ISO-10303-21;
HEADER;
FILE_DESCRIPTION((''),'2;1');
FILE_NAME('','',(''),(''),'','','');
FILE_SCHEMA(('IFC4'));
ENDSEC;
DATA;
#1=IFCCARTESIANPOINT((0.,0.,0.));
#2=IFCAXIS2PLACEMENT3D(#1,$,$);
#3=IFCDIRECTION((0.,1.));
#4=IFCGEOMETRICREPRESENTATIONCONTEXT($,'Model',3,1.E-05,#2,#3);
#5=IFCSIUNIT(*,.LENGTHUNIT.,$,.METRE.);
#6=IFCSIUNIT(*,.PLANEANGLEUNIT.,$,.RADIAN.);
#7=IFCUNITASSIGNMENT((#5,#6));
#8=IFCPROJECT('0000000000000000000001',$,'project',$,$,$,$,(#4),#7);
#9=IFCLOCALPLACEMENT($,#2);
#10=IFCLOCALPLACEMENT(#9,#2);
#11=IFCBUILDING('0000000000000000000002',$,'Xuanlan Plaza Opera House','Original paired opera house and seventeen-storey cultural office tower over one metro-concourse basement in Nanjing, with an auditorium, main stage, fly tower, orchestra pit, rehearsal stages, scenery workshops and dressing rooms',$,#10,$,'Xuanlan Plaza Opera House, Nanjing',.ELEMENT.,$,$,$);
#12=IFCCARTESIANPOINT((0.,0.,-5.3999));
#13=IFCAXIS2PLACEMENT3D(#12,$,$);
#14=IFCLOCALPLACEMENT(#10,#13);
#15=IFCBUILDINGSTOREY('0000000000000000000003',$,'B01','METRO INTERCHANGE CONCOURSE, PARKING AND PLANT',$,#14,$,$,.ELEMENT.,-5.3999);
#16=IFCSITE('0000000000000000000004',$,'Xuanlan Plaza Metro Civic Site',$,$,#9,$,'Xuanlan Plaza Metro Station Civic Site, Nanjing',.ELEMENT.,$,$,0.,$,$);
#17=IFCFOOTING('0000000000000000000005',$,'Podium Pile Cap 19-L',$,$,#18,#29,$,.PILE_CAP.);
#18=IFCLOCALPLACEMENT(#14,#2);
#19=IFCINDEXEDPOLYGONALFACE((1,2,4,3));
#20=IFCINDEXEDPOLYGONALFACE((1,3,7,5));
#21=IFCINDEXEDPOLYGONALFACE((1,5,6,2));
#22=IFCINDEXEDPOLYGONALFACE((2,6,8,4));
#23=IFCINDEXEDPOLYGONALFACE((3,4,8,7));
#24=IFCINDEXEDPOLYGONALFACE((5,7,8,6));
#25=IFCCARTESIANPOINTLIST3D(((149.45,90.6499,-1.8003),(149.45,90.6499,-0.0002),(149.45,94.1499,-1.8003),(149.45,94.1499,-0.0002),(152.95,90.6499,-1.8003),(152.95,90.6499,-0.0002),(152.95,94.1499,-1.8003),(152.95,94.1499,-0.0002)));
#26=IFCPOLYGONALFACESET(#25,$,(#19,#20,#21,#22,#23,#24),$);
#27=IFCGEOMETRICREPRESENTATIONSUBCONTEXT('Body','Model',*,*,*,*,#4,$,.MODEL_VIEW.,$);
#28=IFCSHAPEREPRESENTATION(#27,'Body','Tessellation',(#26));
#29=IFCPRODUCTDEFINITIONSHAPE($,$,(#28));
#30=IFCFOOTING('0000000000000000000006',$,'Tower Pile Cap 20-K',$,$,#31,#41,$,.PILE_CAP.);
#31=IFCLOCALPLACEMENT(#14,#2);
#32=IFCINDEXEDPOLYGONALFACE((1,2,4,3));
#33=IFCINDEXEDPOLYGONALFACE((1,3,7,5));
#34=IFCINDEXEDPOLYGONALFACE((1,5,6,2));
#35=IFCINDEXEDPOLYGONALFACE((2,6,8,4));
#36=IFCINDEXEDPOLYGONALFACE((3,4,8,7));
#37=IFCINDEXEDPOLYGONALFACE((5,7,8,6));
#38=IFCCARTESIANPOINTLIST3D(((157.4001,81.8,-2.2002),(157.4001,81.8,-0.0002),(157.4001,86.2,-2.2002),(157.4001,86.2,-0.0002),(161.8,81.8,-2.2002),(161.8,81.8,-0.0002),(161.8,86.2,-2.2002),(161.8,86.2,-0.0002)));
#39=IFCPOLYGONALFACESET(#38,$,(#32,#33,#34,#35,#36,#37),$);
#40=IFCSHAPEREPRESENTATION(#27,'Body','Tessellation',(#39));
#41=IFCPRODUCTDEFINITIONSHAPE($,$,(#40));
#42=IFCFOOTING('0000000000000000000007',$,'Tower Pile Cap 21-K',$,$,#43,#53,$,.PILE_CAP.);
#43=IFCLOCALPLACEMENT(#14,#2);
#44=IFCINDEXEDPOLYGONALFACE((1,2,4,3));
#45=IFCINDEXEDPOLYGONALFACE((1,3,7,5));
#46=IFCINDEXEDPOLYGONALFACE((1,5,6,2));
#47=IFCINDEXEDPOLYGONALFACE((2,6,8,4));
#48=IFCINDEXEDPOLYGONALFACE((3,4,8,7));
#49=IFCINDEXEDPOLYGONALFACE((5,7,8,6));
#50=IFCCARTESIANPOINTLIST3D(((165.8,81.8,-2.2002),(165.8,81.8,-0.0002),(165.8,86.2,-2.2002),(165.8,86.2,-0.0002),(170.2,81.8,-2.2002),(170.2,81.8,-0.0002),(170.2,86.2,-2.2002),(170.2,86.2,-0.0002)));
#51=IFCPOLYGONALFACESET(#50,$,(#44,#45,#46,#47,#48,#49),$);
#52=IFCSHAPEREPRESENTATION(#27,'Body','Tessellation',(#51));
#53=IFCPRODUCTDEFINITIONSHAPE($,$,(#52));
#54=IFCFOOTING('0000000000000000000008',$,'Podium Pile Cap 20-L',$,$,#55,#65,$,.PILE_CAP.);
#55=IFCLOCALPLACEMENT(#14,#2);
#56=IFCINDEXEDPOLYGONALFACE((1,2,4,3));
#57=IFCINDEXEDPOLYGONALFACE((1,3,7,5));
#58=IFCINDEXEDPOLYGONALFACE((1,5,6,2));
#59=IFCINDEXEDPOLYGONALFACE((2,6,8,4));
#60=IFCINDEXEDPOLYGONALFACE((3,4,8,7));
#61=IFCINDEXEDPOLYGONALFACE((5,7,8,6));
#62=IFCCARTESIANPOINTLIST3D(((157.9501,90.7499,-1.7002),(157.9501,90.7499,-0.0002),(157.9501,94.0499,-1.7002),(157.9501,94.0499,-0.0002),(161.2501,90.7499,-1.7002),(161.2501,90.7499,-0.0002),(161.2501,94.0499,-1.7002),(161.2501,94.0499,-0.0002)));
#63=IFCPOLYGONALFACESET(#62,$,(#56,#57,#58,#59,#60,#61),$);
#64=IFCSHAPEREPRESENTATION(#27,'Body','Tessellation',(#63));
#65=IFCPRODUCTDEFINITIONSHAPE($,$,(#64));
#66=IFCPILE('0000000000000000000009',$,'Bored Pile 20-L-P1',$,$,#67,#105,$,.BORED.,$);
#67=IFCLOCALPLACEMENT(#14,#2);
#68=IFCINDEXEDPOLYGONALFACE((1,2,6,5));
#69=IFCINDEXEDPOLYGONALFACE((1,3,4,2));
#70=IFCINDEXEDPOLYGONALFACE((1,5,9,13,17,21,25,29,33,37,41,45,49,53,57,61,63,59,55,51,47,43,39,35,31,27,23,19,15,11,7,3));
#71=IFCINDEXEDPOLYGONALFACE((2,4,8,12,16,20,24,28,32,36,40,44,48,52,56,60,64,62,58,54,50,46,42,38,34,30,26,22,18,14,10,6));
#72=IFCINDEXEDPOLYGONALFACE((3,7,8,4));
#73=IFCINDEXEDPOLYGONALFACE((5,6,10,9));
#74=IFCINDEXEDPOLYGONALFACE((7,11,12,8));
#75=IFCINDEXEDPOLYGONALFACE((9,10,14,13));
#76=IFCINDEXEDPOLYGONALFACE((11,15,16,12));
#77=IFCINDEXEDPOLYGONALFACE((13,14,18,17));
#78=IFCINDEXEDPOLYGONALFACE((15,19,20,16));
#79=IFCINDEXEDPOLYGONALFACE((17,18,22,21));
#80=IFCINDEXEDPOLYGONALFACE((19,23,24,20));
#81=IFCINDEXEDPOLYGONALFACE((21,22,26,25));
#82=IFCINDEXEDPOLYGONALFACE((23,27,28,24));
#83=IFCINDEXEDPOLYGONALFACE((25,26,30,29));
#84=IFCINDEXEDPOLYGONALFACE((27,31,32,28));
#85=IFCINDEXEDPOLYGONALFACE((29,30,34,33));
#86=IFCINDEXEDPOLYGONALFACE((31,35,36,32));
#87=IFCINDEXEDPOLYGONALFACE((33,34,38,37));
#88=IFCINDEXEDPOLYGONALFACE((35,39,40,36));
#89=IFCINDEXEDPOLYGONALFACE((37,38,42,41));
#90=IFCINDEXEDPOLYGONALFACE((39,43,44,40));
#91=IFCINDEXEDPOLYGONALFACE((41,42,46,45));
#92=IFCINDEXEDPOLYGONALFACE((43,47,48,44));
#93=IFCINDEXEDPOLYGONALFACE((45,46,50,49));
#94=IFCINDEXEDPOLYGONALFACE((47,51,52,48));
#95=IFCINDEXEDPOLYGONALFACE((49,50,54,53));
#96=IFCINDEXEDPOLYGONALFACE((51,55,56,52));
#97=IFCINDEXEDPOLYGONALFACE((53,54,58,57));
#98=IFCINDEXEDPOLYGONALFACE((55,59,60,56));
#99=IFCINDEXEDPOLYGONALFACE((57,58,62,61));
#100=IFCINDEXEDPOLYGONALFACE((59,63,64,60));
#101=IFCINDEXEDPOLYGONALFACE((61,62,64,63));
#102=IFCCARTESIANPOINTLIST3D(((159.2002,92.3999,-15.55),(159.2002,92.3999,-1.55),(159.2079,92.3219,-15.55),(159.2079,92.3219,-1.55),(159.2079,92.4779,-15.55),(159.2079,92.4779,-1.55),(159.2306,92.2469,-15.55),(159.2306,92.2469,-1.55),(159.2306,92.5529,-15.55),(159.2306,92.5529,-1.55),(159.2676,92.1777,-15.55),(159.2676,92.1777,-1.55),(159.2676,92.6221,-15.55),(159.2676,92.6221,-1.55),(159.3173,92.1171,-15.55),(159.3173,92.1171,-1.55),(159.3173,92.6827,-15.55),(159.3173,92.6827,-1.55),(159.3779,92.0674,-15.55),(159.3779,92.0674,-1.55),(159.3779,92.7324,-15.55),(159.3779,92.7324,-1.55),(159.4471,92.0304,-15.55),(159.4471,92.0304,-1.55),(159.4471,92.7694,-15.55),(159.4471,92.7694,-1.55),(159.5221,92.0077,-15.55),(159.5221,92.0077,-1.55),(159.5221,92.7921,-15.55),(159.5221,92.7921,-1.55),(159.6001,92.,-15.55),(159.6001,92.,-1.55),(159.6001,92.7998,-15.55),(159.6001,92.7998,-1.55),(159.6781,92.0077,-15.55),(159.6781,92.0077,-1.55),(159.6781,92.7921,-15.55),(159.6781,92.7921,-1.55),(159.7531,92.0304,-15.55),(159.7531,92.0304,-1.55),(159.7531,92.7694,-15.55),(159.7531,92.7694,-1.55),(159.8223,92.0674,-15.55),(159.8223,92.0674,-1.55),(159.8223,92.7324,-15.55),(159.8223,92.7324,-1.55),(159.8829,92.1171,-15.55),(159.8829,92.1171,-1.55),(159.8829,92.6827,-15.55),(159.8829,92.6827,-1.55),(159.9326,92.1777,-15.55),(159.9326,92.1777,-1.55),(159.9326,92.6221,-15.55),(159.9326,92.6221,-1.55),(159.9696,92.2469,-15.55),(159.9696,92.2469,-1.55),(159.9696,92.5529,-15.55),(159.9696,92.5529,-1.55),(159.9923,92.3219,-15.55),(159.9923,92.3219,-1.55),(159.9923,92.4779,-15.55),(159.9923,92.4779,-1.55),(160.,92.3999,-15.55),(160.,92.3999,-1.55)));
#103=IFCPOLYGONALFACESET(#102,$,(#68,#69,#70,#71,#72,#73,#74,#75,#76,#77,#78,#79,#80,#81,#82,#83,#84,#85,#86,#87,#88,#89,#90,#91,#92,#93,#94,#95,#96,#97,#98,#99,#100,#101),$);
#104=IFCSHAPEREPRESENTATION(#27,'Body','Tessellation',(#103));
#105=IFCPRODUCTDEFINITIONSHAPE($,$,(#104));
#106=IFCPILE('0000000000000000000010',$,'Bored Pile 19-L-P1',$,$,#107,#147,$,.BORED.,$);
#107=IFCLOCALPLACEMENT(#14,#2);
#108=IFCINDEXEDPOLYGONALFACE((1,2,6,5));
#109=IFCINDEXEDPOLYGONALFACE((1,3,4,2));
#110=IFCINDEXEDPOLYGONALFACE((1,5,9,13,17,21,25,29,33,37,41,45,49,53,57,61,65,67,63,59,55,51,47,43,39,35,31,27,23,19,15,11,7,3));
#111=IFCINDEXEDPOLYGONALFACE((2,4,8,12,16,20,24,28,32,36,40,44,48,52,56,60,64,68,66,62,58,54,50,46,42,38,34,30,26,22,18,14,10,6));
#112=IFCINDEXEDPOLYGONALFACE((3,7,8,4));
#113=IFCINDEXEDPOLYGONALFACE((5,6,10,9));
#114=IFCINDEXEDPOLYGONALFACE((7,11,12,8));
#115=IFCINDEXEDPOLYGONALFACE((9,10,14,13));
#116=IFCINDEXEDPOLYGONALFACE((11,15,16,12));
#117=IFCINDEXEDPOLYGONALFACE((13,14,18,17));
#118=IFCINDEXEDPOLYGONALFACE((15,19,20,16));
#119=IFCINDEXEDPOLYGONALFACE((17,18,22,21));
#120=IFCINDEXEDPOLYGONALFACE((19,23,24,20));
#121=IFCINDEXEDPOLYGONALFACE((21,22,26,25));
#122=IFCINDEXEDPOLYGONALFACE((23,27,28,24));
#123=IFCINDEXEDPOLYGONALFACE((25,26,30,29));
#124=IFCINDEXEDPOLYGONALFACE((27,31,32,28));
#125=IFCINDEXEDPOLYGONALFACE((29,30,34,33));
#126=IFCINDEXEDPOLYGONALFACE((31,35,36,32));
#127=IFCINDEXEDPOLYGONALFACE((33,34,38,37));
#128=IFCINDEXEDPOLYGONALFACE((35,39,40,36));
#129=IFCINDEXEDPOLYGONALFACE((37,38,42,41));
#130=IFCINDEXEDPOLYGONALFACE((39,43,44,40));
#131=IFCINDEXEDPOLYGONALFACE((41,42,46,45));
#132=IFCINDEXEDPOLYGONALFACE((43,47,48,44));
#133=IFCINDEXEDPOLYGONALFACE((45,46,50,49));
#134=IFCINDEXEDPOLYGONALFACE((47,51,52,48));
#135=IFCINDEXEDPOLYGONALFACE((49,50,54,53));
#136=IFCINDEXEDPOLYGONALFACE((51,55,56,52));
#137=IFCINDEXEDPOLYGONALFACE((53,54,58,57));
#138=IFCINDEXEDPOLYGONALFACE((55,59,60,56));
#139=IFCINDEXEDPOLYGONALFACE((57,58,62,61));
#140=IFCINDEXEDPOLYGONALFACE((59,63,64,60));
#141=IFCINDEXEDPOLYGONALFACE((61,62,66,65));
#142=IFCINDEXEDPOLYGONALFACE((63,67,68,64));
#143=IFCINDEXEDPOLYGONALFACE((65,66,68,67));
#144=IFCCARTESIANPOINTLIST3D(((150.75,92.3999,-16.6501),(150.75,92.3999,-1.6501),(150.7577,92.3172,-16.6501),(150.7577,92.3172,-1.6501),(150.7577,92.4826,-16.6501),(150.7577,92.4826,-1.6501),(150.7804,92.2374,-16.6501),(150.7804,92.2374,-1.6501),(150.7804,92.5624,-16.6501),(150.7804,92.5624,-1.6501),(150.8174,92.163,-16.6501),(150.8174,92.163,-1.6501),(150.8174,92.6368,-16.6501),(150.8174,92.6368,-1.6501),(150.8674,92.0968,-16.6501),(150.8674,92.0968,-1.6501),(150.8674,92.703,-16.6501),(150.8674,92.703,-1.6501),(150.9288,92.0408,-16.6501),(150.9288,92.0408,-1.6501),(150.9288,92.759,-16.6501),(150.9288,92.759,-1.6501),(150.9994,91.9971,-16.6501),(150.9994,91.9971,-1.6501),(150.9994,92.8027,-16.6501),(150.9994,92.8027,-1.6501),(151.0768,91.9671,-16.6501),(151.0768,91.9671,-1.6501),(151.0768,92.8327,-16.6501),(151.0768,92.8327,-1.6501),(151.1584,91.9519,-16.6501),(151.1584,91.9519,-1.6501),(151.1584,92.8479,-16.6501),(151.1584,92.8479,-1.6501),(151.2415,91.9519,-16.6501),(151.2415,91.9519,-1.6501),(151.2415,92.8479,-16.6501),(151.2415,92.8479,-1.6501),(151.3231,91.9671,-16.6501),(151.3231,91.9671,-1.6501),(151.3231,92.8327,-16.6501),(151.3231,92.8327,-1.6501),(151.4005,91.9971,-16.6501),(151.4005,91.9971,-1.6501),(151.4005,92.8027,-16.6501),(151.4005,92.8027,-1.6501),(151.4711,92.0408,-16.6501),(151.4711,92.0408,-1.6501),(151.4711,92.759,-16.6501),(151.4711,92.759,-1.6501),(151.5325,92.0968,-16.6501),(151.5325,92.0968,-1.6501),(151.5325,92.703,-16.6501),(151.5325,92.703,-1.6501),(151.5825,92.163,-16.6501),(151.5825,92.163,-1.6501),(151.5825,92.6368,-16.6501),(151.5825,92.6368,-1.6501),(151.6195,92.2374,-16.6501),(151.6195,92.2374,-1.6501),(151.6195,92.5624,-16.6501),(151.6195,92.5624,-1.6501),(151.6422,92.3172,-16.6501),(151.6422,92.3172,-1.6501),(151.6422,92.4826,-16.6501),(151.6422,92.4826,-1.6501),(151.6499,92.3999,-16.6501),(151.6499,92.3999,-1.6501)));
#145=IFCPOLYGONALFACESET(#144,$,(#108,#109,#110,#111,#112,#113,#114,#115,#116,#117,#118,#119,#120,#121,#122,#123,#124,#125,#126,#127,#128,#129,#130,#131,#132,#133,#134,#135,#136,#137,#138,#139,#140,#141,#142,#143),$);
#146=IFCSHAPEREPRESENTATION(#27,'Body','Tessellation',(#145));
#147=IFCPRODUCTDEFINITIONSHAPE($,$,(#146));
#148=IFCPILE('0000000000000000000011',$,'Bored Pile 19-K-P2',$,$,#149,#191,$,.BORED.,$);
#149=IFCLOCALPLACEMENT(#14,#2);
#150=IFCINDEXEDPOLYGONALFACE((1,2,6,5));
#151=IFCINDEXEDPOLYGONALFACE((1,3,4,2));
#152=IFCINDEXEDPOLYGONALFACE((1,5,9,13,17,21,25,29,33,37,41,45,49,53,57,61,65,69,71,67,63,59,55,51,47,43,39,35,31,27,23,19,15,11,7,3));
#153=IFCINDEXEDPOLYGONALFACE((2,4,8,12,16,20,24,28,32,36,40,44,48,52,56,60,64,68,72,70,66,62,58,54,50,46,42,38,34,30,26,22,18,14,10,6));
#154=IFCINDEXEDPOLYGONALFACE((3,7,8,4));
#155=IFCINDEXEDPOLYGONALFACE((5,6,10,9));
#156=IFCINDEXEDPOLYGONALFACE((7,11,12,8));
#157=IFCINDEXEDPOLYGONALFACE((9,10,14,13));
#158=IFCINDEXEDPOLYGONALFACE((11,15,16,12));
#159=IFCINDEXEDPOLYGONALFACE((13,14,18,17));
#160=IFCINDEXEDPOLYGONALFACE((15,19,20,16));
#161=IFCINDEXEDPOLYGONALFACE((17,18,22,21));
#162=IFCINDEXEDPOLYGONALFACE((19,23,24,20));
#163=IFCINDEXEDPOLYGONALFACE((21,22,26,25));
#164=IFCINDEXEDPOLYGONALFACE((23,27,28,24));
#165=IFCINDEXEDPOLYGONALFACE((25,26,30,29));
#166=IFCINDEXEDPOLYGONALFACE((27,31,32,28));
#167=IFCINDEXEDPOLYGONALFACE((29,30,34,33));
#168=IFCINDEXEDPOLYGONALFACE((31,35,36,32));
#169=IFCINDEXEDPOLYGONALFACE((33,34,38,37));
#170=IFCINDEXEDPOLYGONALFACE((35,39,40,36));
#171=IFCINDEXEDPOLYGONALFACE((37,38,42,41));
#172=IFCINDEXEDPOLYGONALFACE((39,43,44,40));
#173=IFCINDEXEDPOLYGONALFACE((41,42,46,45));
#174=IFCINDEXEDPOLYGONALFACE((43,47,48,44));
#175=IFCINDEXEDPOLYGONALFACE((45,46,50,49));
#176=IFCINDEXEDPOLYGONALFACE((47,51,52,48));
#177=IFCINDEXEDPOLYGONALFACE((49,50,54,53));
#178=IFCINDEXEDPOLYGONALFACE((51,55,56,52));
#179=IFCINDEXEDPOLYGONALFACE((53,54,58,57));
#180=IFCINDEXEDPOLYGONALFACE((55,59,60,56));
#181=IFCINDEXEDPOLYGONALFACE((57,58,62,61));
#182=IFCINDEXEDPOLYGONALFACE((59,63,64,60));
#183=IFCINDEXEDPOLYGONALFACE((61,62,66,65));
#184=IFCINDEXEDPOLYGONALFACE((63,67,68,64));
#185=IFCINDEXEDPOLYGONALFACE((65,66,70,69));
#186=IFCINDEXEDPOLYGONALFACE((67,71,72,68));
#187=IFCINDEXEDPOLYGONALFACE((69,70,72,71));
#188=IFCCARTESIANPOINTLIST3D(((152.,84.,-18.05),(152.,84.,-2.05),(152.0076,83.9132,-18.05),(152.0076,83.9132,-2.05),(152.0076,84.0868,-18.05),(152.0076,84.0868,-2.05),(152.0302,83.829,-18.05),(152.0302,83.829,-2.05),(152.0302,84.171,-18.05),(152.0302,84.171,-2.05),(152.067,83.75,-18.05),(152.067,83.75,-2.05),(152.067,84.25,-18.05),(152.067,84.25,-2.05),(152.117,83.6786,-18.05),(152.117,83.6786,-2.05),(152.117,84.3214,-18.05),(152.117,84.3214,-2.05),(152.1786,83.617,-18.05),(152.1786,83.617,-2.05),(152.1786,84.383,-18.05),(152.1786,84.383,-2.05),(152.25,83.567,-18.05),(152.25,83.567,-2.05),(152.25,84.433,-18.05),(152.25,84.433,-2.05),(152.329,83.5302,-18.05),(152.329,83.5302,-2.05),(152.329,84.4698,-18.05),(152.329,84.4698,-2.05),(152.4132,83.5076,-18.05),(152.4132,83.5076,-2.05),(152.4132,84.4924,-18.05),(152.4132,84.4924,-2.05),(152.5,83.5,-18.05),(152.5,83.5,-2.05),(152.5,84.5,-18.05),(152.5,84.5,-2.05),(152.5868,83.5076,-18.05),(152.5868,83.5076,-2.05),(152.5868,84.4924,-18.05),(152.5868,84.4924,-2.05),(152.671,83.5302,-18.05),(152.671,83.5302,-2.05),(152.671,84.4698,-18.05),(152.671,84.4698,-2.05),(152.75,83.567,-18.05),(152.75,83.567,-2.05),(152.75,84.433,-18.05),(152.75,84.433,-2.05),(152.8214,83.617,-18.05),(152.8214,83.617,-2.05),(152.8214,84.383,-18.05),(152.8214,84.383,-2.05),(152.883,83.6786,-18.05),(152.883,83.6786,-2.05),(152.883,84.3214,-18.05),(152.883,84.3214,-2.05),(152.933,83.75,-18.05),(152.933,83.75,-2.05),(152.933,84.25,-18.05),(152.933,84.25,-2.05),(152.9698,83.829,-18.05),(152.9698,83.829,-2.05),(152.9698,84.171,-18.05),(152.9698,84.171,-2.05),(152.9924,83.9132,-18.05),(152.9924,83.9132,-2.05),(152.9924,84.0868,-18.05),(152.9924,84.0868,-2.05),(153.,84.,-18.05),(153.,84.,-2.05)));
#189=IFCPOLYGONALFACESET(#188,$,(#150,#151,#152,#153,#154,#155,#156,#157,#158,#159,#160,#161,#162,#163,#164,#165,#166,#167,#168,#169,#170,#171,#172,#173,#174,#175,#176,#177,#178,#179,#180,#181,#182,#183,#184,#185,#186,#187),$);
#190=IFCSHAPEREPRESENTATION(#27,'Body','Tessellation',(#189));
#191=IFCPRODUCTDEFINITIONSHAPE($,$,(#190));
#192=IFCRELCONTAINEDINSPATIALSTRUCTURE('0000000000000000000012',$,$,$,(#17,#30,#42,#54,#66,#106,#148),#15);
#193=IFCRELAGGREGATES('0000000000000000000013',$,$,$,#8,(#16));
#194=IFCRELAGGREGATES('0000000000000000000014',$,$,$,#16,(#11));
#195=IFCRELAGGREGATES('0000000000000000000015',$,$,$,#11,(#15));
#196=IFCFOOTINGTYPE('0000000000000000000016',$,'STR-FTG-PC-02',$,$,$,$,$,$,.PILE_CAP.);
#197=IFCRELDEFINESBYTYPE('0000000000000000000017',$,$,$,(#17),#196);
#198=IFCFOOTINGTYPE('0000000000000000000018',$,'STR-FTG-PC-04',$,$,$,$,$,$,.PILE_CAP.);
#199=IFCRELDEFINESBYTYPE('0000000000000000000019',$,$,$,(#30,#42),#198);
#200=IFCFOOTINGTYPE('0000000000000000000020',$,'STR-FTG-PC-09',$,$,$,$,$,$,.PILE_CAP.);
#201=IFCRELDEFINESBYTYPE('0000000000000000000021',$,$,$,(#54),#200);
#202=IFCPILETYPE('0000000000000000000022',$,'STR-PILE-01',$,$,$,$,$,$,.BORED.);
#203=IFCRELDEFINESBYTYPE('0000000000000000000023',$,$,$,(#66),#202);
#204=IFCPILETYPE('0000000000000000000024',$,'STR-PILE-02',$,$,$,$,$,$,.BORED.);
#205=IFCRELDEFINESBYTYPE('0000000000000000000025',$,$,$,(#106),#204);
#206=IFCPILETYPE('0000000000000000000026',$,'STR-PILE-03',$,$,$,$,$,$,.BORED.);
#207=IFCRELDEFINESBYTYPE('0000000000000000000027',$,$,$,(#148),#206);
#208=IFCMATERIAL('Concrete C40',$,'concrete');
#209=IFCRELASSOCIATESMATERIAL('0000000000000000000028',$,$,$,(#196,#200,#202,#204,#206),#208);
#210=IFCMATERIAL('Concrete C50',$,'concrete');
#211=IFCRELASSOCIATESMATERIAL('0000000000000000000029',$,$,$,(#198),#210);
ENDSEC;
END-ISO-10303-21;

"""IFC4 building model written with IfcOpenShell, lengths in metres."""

from ifc_helpers import new_model, si_unit, direction, frame, origin, origin_2d, place, context, subcontext, project, spatial, rectangle, circle, extrude, material, material_profile, profile_set, type_object, element, save


model = new_model("IFC4")

# Units and contexts
model_context = context("Model", 3, precision=1e-05, world=origin(), true_north=direction((0.0, 1.0)))
body_context = subcontext(model_context, "Body", "Model", "MODEL_VIEW")
ifc_project = project(units=[si_unit("LENGTHUNIT", "METRE"), si_unit("PLANEANGLEUNIT", "RADIAN")], contexts=[model_context])

# Site, building, storey
site_placement = place(None, origin())
site = spatial("IfcSite", under=ifc_project, at=site_placement, Name="Xuanlan Plaza Metro Civic Site", LongName="Xuanlan Plaza Metro Station Civic Site, Nanjing", CompositionType="ELEMENT", RefElevation=0.0)
building_placement = place(site_placement, origin())
building = spatial("IfcBuilding", under=site, at=building_placement, Name="Xuanlan Plaza Opera House", Description="Original paired opera house and seventeen-storey cultural office tower over one metro-concourse basement in Nanjing, with an auditorium, main stage, fly tower, orchestra pit, rehearsal stages, scenery workshops and dressing rooms", LongName="Xuanlan Plaza Opera House, Nanjing", CompositionType="ELEMENT")
storey_placement = place(building_placement, frame((0.0, 0.0, -5.3999)))
storey = spatial("IfcBuildingStorey", under=building, at=storey_placement, Name="B01", Description="METRO INTERCHANGE CONCOURSE, PARKING AND PLANT", CompositionType="ELEMENT", Elevation=-5.3999)

# Footings
ifc_material_1 = material(Name="Concrete C40", Category="concrete")
footing_type_1 = type_object("IfcFootingType", Name="STR-FTG-PC-02", PredefinedType="PILE_CAP", material=ifc_material_1)
footing_1_placement = place(storey_placement, frame((151.2, 92.3999, -1.8003), z_axis=(0.0, 0.0, 1.0), x_axis=(1.0, 0.0, 0.0)))
element("IfcFooting", 1, at=footing_1_placement, inside=storey, type_object=footing_type_1, Name="Podium Pile Cap 19-L", PredefinedType="PILE_CAP", context=body_context, shape_type="SweptSolid", body=[
    extrude(rectangle(XDim=3.5, YDim=3.5, at=origin_2d()), origin(), (0.0, 0.0, 1.0), 1.8),
])
ifc_material_2 = material(Name="Concrete C50", Category="concrete")
footing_type_2 = type_object("IfcFootingType", Name="STR-FTG-PC-04", PredefinedType="PILE_CAP", material=ifc_material_2)
for number, where, z_axis, x_axis, name in (
    (2, (159.6001, 84.0, -2.2002), (0.0, 0.0, 1.0), (1.0, 0.0, 0.0), "Tower Pile Cap 20-K"),
    (3, (168.0, 84.0, -2.2002), (0.0, 0.0, 1.0), (1.0, 0.0, 0.0), "Tower Pile Cap 21-K"),
):
    element("IfcFooting", number, at=place(storey_placement, frame(where, z_axis=z_axis, x_axis=x_axis)), inside=storey, type_object=footing_type_2, Name=name, PredefinedType="PILE_CAP", context=body_context, shape_type="SweptSolid", body=[
        extrude(rectangle(XDim=4.3999, YDim=4.3999, at=origin_2d()), origin(), (0.0, 0.0, 1.0), 2.2),
    ])
footing_type_3 = type_object("IfcFootingType", Name="STR-FTG-PC-09", PredefinedType="PILE_CAP", material=ifc_material_1)
footing_2_placement = place(storey_placement, frame((159.6001, 92.3999, -1.7002), z_axis=(0.0, 0.0, 1.0), x_axis=(1.0, 0.0, 0.0)))
element("IfcFooting", 4, at=footing_2_placement, inside=storey, type_object=footing_type_3, Name="Podium Pile Cap 20-L", PredefinedType="PILE_CAP", context=body_context, shape_type="SweptSolid", body=[
    extrude(rectangle(XDim=3.3, YDim=3.3, at=origin_2d()), origin(), (0.0, 0.0, 1.0), 1.7),
])

# Piles
ifc_material_profile_1 = material_profile(ifc_material_1, circle(Radius=0.3999, at=origin_2d()), Name="PILE D800")
ifc_profile_set_1 = profile_set([ifc_material_profile_1], Name="Concrete C40")
pile_type_1 = type_object("IfcPileType", Name="STR-PILE-01", PredefinedType="BORED", material=ifc_profile_set_1)
pile_1_placement = place(storey_placement, frame((159.6001, 92.3999, -1.55), z_axis=(0.0, 0.0, -1.0), x_axis=(1.0, 0.0, 0.0)))
element("IfcPile", 5, at=pile_1_placement, inside=storey, type_object=pile_type_1, Name="Bored Pile 20-L-P1", PredefinedType="BORED", context=body_context, shape_type="SweptSolid", body=[
    extrude(circle(Radius=0.3999, at=origin_2d()), origin(), (0.0, 0.0, 1.0), 14.0),
])
ifc_material_profile_2 = material_profile(ifc_material_1, circle(Radius=0.45, at=origin_2d()), Name="PILE D900")
ifc_profile_set_2 = profile_set([ifc_material_profile_2], Name="Concrete C40")
pile_type_2 = type_object("IfcPileType", Name="STR-PILE-02", PredefinedType="BORED", material=ifc_profile_set_2)
pile_2_placement = place(storey_placement, frame((151.2, 92.3999, -1.6501), z_axis=(0.0, 0.0, -1.0), x_axis=(1.0, 0.0, 0.0)))
element("IfcPile", 6, at=pile_2_placement, inside=storey, type_object=pile_type_2, Name="Bored Pile 19-L-P1", PredefinedType="BORED", context=body_context, shape_type="SweptSolid", body=[
    extrude(circle(Radius=0.45, at=origin_2d()), origin(), (0.0, 0.0, 1.0), 15.0),
])
ifc_material_profile_3 = material_profile(ifc_material_1, circle(Radius=0.5, at=origin_2d()), Name="PILE D1000")
ifc_profile_set_3 = profile_set([ifc_material_profile_3], Name="Concrete C40")
pile_type_3 = type_object("IfcPileType", Name="STR-PILE-03", PredefinedType="BORED", material=ifc_profile_set_3)
for number, where, z_axis, x_axis, name in (
    (7, (152.5, 84.0, -2.05), (0.0, 0.0, -1.0), (1.0, 0.0, 0.0), "Bored Pile 19-K-P2"),
):
    element("IfcPile", number, at=place(storey_placement, frame(where, z_axis=z_axis, x_axis=x_axis)), inside=storey, type_object=pile_type_3, Name=name, PredefinedType="BORED", context=body_context, shape_type="SweptSolid", body=[
        extrude(circle(Radius=0.5, at=origin_2d()), origin(), (0.0, 0.0, 1.0), 16.0),
    ])

save(model, "model.ifc")
